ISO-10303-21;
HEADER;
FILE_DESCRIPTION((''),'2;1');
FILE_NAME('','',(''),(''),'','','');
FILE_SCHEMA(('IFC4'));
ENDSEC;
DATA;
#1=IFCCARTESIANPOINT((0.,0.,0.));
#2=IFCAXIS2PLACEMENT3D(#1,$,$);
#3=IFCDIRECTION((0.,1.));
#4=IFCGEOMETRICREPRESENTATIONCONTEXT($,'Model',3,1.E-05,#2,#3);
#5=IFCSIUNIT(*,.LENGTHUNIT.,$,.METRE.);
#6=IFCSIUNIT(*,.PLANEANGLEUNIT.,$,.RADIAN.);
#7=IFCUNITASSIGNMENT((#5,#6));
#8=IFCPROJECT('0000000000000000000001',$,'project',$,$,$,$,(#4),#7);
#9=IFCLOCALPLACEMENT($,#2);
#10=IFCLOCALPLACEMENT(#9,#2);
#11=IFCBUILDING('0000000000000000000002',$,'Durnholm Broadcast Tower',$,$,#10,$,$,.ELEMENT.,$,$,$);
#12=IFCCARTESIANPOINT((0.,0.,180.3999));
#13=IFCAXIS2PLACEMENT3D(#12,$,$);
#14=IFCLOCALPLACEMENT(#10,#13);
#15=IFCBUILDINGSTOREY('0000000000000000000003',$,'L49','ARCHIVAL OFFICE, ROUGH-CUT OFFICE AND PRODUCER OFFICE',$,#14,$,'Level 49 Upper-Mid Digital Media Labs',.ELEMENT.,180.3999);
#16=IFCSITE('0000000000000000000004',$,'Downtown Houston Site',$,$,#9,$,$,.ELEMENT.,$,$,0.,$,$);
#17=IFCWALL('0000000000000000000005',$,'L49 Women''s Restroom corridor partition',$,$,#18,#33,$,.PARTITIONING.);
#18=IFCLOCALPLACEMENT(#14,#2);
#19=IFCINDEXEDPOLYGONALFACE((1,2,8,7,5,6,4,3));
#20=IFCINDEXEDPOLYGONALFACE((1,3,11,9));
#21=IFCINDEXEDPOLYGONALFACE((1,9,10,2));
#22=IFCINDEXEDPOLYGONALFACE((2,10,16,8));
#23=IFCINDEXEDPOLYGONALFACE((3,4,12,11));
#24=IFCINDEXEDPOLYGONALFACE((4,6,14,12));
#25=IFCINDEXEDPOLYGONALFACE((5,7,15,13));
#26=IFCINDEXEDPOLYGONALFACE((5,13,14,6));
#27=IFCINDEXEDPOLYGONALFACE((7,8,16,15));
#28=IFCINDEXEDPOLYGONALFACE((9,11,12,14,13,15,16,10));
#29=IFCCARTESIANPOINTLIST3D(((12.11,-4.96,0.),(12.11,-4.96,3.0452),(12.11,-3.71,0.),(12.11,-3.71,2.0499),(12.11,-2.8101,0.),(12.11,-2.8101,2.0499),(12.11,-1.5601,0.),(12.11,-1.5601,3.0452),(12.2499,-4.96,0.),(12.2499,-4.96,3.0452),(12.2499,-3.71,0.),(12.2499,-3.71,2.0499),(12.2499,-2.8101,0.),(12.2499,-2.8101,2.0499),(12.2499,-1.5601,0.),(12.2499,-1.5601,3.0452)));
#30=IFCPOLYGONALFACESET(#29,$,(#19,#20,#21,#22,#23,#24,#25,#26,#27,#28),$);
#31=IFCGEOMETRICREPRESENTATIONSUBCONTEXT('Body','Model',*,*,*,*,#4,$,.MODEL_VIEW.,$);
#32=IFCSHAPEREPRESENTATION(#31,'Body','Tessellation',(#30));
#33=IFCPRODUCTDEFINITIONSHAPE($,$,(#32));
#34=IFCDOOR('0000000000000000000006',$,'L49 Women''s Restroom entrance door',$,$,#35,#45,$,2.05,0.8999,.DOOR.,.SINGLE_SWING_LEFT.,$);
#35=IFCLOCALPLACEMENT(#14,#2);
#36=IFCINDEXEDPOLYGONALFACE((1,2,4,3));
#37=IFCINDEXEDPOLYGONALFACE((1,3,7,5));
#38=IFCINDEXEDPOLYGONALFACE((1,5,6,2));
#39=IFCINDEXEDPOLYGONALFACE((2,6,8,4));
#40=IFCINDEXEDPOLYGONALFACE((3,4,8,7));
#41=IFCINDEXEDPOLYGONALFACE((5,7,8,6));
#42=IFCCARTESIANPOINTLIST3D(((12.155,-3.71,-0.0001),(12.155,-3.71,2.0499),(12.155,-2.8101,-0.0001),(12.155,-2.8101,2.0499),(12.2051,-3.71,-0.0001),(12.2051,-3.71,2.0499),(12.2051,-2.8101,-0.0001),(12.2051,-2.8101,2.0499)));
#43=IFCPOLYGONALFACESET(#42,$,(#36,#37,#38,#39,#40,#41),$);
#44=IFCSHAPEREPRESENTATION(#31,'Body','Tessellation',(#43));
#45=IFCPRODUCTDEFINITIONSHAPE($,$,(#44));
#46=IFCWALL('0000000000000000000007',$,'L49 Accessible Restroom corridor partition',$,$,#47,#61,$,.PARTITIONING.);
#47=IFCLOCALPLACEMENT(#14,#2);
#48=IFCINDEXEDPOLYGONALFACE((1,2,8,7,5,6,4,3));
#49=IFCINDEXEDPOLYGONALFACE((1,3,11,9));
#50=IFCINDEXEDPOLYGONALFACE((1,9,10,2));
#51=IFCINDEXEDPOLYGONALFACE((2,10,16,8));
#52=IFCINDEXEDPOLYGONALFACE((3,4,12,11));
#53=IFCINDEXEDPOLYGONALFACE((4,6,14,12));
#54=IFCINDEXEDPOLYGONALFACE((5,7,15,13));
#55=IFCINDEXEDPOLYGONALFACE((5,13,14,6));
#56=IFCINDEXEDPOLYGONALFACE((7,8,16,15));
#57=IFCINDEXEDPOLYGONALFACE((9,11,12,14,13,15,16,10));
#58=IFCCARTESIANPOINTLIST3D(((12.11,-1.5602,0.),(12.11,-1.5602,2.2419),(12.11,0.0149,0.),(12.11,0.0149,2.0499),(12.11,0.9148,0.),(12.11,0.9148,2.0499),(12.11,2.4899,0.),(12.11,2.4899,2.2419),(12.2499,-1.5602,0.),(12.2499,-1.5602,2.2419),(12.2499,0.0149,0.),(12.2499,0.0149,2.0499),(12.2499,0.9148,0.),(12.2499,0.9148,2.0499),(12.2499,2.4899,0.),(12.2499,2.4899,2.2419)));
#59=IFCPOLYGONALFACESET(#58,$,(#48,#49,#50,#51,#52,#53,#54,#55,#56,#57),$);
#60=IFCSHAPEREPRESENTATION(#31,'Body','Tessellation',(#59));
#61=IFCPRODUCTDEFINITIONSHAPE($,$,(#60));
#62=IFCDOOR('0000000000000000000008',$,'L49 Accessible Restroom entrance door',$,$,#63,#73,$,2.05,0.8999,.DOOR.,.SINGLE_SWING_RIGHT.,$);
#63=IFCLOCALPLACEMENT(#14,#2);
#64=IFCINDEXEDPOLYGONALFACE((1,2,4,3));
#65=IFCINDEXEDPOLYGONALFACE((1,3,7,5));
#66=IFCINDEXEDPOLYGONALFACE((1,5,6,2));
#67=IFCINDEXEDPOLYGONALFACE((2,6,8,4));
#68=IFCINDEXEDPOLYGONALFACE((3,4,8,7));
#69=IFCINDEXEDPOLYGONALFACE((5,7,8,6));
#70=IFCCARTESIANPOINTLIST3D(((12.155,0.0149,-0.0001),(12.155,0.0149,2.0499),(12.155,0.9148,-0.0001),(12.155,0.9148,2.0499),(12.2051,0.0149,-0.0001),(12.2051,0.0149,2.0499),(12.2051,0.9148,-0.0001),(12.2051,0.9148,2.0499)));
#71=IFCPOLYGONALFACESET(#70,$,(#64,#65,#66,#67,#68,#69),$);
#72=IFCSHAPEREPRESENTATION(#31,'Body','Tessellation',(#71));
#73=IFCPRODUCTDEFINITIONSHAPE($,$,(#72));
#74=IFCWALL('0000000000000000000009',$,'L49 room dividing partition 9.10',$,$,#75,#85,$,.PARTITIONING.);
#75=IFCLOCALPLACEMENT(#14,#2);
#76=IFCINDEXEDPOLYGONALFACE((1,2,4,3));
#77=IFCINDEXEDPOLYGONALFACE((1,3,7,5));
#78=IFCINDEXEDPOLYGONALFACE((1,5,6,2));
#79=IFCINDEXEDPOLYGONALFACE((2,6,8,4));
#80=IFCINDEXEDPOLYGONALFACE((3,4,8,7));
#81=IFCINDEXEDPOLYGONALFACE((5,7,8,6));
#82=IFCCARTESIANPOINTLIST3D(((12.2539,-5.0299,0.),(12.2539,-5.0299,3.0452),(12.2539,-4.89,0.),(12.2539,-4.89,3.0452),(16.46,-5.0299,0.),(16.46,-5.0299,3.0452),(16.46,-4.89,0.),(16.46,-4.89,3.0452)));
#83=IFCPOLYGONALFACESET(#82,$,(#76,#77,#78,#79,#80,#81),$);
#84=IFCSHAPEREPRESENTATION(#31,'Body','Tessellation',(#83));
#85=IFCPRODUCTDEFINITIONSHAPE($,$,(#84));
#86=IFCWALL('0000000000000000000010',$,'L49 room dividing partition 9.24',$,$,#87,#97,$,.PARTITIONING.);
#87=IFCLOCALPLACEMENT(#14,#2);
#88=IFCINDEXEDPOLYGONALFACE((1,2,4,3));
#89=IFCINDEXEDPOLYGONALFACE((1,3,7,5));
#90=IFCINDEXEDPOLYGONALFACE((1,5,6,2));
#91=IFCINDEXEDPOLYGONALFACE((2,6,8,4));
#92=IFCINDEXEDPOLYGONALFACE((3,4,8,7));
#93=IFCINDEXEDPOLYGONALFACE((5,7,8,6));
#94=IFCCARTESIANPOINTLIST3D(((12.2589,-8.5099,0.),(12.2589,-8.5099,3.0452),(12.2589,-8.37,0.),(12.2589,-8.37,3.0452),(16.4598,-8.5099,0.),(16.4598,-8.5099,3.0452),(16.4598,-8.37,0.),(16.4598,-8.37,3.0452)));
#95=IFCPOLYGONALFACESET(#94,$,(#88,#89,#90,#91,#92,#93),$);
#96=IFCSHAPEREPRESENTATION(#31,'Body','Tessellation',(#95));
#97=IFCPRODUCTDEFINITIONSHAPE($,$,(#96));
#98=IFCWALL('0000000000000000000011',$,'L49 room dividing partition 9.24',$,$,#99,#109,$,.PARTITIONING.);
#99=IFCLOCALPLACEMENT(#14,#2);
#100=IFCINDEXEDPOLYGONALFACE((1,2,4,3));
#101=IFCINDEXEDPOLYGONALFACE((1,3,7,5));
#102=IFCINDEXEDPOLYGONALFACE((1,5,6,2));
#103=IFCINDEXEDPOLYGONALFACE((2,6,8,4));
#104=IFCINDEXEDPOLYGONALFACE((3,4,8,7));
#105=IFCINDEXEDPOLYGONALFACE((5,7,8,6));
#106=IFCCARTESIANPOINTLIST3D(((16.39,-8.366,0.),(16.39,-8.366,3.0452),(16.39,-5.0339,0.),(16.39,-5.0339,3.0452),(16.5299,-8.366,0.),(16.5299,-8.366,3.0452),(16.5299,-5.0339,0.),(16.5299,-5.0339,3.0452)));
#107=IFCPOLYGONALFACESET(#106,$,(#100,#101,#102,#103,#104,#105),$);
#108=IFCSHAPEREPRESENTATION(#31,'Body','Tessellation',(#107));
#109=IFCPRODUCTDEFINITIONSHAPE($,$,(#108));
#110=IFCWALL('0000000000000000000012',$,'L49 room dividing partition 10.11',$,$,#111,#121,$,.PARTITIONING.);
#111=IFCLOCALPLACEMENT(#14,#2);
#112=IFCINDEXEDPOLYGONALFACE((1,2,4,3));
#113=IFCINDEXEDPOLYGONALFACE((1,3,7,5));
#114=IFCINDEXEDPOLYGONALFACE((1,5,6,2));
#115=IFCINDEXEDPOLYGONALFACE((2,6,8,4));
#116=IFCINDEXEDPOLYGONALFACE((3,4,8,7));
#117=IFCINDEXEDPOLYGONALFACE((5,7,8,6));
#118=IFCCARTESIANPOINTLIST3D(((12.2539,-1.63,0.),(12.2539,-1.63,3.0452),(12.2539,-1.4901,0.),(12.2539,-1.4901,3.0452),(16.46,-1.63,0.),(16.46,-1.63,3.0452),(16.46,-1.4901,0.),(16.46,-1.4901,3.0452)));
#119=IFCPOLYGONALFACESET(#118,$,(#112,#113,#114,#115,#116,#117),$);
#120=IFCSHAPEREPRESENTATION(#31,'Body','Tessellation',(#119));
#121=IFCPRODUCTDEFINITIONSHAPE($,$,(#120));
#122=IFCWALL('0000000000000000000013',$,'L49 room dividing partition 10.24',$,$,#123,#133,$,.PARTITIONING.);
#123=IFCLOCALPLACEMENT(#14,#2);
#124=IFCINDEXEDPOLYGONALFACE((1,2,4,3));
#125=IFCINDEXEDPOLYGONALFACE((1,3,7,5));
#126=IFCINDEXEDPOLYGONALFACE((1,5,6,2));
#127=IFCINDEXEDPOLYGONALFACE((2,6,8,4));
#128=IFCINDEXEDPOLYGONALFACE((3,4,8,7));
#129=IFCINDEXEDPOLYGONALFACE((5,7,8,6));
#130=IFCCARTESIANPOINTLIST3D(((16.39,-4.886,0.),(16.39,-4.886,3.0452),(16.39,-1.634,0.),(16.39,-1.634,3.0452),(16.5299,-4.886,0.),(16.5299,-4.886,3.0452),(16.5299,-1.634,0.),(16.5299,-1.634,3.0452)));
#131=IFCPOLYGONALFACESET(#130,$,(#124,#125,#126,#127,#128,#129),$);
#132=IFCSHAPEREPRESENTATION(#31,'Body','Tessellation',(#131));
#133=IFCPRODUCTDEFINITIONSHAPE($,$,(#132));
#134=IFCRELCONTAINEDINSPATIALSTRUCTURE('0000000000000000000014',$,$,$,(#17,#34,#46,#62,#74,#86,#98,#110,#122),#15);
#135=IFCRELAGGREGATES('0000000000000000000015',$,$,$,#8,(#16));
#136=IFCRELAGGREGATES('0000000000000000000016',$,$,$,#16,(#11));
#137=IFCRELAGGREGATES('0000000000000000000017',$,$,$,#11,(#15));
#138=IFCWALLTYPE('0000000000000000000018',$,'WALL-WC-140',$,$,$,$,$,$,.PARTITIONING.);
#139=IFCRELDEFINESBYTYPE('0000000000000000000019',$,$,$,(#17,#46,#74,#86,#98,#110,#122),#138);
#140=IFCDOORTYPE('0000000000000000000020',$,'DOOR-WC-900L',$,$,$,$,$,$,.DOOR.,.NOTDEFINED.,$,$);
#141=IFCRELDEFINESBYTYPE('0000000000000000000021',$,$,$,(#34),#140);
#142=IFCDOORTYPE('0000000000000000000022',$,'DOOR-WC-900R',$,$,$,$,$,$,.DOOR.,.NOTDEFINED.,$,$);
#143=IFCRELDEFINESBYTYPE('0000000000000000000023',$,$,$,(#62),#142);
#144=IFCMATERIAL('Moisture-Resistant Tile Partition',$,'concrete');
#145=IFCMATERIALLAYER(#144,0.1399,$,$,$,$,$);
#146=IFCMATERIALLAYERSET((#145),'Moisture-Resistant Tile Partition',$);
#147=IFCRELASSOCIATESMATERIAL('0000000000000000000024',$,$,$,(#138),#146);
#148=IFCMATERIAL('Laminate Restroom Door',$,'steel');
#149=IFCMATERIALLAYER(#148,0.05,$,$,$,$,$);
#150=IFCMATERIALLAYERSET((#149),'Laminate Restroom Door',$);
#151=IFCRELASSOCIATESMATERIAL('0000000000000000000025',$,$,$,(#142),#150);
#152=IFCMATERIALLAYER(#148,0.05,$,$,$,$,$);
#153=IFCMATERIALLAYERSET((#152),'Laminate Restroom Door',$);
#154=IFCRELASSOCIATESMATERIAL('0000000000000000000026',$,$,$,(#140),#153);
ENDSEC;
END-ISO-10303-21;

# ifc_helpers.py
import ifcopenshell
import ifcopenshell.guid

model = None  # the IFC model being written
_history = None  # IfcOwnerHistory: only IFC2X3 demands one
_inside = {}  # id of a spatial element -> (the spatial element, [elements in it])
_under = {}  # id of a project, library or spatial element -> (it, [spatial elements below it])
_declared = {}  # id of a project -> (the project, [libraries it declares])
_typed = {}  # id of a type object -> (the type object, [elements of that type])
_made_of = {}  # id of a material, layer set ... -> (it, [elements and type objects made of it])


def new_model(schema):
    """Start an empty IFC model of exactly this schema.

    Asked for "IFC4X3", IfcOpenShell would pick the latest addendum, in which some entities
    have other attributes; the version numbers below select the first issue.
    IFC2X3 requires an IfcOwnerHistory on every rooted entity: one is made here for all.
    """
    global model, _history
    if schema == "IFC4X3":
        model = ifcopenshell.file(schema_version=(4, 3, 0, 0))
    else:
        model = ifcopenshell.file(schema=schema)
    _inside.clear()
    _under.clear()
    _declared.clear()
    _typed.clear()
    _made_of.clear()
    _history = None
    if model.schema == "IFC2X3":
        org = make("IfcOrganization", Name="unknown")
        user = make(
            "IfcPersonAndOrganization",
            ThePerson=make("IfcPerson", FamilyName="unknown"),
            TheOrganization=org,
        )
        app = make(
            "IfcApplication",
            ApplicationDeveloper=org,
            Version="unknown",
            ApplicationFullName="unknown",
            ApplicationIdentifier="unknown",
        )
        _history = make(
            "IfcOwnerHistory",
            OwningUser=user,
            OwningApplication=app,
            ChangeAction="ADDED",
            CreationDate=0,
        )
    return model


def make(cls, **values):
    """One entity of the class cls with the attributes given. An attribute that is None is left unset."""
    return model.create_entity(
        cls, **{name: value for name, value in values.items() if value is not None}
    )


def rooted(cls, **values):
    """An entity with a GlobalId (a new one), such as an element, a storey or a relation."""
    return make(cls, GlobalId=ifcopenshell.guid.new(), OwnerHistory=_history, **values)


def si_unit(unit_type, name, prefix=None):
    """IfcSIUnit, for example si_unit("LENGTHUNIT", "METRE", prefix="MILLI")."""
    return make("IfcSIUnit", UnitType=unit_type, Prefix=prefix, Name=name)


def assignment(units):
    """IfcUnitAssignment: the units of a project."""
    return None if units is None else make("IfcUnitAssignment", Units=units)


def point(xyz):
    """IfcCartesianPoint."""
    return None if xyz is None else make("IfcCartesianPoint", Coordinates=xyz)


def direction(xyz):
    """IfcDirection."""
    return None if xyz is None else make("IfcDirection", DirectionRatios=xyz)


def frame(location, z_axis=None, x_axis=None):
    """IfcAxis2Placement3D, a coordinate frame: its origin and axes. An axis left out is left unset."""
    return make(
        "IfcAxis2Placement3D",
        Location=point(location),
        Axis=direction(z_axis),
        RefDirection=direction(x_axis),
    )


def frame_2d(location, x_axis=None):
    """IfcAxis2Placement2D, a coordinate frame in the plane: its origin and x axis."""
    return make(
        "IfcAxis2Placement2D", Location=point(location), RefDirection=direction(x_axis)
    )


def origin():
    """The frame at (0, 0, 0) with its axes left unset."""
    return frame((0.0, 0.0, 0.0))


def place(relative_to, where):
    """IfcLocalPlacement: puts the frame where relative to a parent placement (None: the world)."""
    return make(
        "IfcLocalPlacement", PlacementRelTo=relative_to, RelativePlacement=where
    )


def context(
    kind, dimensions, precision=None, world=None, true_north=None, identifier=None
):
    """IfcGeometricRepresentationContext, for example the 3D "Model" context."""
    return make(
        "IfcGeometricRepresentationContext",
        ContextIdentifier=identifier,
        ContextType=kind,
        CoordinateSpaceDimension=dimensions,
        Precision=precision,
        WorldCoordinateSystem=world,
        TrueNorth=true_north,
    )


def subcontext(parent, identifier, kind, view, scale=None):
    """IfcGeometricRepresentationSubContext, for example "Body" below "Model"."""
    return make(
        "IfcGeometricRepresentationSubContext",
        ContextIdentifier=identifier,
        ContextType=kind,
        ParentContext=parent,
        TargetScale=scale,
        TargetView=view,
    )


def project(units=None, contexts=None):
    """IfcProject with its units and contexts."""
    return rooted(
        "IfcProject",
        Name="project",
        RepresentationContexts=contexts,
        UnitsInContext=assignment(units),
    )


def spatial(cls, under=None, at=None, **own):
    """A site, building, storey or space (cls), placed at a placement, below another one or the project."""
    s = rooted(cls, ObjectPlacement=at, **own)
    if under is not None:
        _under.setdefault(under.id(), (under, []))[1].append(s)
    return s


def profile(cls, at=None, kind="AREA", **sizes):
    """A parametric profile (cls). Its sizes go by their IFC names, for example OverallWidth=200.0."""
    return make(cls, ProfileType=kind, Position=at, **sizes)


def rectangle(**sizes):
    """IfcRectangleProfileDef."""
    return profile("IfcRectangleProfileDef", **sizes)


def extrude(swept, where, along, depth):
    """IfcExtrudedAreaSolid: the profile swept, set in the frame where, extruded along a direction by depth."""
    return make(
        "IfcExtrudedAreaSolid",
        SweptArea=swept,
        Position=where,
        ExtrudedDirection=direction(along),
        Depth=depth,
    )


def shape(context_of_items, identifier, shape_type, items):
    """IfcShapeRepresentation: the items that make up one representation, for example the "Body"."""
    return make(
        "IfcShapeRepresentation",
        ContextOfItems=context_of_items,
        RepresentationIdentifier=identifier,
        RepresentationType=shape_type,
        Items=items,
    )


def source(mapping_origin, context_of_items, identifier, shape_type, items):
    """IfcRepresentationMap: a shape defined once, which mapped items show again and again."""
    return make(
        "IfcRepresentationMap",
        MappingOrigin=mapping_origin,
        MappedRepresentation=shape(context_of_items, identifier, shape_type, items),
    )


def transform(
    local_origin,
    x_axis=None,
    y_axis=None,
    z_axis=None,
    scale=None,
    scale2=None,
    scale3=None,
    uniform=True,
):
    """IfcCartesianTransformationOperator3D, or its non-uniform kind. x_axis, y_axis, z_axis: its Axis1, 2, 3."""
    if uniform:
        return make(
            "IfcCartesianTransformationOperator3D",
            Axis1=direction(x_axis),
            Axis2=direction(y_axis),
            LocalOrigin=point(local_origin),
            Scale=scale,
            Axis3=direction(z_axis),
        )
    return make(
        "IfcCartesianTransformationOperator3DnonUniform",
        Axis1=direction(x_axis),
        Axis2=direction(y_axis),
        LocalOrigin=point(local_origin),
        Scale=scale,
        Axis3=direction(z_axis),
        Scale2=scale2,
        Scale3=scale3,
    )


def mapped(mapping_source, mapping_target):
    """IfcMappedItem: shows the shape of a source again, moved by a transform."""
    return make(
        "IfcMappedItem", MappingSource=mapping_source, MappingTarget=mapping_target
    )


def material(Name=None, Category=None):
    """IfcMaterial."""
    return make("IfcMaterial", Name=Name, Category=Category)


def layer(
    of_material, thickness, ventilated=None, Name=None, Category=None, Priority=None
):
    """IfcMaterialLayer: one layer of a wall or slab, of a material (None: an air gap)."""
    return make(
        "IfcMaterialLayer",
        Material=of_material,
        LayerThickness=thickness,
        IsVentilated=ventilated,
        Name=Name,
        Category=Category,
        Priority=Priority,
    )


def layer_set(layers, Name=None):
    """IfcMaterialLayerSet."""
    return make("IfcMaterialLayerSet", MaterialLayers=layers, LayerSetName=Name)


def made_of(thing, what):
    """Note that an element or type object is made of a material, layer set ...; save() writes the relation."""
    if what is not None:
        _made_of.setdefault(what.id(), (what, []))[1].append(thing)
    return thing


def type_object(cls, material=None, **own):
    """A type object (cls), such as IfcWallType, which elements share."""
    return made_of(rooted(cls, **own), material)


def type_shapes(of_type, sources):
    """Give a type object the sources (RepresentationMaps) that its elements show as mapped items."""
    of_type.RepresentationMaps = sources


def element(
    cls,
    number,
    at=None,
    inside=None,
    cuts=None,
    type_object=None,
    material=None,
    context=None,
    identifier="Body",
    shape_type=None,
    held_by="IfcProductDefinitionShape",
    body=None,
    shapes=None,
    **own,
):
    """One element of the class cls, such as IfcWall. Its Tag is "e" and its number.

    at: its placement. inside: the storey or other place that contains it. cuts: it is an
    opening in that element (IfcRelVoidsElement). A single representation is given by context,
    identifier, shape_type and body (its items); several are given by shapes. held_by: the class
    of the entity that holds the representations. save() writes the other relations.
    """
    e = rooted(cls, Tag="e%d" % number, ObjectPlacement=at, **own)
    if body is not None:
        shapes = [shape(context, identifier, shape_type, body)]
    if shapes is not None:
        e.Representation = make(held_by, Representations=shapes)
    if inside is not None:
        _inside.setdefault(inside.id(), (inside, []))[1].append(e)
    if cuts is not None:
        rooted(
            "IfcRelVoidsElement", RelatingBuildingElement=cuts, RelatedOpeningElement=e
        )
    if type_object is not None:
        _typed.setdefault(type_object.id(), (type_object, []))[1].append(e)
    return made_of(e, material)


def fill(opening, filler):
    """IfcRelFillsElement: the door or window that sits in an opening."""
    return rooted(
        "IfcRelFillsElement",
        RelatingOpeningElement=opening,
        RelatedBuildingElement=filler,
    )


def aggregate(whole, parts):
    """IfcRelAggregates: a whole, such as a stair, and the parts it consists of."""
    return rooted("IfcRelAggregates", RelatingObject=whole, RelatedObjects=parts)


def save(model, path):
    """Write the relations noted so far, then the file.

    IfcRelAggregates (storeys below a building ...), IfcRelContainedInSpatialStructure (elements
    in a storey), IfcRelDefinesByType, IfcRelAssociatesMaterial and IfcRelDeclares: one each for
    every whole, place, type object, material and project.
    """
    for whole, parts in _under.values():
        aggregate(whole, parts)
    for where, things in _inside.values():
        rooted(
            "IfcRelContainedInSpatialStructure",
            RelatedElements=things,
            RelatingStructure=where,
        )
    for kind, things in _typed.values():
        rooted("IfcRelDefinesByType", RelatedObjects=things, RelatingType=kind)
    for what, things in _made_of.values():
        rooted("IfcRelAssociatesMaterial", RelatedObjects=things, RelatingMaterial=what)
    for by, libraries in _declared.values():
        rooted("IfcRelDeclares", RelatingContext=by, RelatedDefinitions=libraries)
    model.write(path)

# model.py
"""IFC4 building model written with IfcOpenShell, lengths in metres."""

from ifc_helpers import new_model, si_unit, direction, frame, frame_2d, origin, place, context, subcontext, project, spatial, rectangle, extrude, source, transform, mapped, material, layer, layer_set, type_object, type_shapes, element, fill, save


model = new_model("IFC4")

# Units and contexts
model_context = context("Model", 3, precision=1e-05, world=origin(), true_north=direction((0.0, 1.0)))
body_context = subcontext(model_context, "Body", "Model", "MODEL_VIEW")
ifc_project = project(units=[si_unit("LENGTHUNIT", "METRE"), si_unit("PLANEANGLEUNIT", "RADIAN")], contexts=[model_context])

# Site, building, storey
site_placement = place(None, origin())
site = spatial("IfcSite", under=ifc_project, at=site_placement, Name="Downtown Houston Site", CompositionType="ELEMENT", RefElevation=0.0)
building_placement = place(site_placement, origin())
building = spatial("IfcBuilding", under=site, at=building_placement, Name="Durnholm Broadcast Tower", CompositionType="ELEMENT")
storey_placement = place(building_placement, frame((0.0, 0.0, 180.3999)))
storey = spatial("IfcBuildingStorey", under=building, at=storey_placement, Name="L49", Description="ARCHIVAL OFFICE, ROUGH-CUT OFFICE AND PRODUCER OFFICE", LongName="Level 49 Upper-Mid Digital Media Labs", CompositionType="ELEMENT", Elevation=180.3999)

# Walls, openings, doors
ifc_material_1 = material(Name="Moisture-Resistant Tile Partition", Category="concrete")
ifc_layer_1 = layer(ifc_material_1, 0.1399)
ifc_layer_set_1 = layer_set([ifc_layer_1], Name="Moisture-Resistant Tile Partition")
wall_type = type_object("IfcWallType", Name="WALL-WC-140", PredefinedType="PARTITIONING", material=ifc_layer_set_1)
ifc_material_2 = material(Name="Laminate Restroom Door", Category="steel")
ifc_layer_2 = layer(ifc_material_2, 0.05)
ifc_layer_set_2 = layer_set([ifc_layer_2], Name="Laminate Restroom Door")
door_type_1 = type_object("IfcDoorType", Name="DOOR-WC-900R", OperationType="NOTDEFINED", PredefinedType="DOOR", material=ifc_layer_set_2)
shared_shape_1 = source(origin(), body_context, "Body", "SweptSolid", [
    extrude(rectangle(XDim=0.8999, YDim=2.05, at=frame_2d((0.45, 1.0249))), frame((0.0, 0.0249, 0.0), z_axis=(0.0, -1.0, 0.0), x_axis=(1.0, 0.0, 0.0)), (0.0, 0.0, 1.0), 0.05),
])
type_shapes(door_type_1, [shared_shape_1])
wall_1_placement = place(storey_placement, frame((12.1799, -4.96, 0.0), z_axis=(0.0, 0.0, 1.0), x_axis=(0.0, 1.0, 0.0)))
wall_1 = element("IfcWall", 1, at=wall_1_placement, inside=storey, type_object=wall_type, Name="L49 Women's Restroom corridor partition", PredefinedType="PARTITIONING", context=body_context, shape_type="SweptSolid", body=[
    extrude(rectangle(XDim=3.3999, YDim=0.1399, at=frame_2d((1.7, 0.0))), origin(), (0.0, 0.0, 1.0), 3.0452),
])
opening_1_placement = place(wall_1_placement, frame((1.25, 0.0, 0.0)))
opening_1 = element("IfcOpeningElement", 2, at=opening_1_placement, cuts=wall_1, PredefinedType="OPENING", context=body_context, shape_type="SweptSolid", body=[
    extrude(rectangle(XDim=0.8999, YDim=2.05, at=frame_2d((0.45, 1.0249))), frame((0.0, 0.0801, 0.0), z_axis=(0.0, -1.0, 0.0), x_axis=(1.0, 0.0, 0.0)), (0.0, 0.0, 1.0), 0.1599),
])
ifc_layer_3 = layer(ifc_material_2, 0.05)
ifc_layer_set_3 = layer_set([ifc_layer_3], Name="Laminate Restroom Door")
door_type_2 = type_object("IfcDoorType", Name="DOOR-WC-900L", OperationType="NOTDEFINED", PredefinedType="DOOR", material=ifc_layer_set_3)
shared_shape_2 = source(origin(), body_context, "Body", "SweptSolid", [
    extrude(rectangle(XDim=0.8999, YDim=2.05, at=frame_2d((0.45, 1.0249))), frame((0.0, 0.0249, 0.0), z_axis=(0.0, -1.0, 0.0), x_axis=(1.0, 0.0, 0.0)), (0.0, 0.0, 1.0), 0.05),
])
type_shapes(door_type_2, [shared_shape_2])
door_1_placement = place(opening_1_placement, origin())
door_1 = element("IfcDoor", 3, at=door_1_placement, inside=storey, type_object=door_type_2, Name="L49 Women's Restroom entrance door", OperationType="SINGLE_SWING_LEFT", OverallHeight=2.05, OverallWidth=0.8999, PredefinedType="DOOR", context=body_context, shape_type="MappedRepresentation", body=[
    mapped(shared_shape_2, transform((0.0, 0.0, 0.0), x_axis=(1.0, 0.0, 0.0), y_axis=(0.0, 1.0, 0.0), z_axis=(0.0, 0.0, 1.0), scale=1.0)),
])
fill(opening_1, door_1)
wall_2_placement = place(storey_placement, frame((12.1799, -1.5601, 0.0), z_axis=(0.0, 0.0, 1.0), x_axis=(0.0, 1.0, 0.0)))
wall_2 = element("IfcWall", 4, at=wall_2_placement, inside=storey, type_object=wall_type, Name="L49 Accessible Restroom corridor partition", PredefinedType="PARTITIONING", context=body_context, shape_type="SweptSolid", body=[
    extrude(rectangle(XDim=4.05, YDim=0.1399, at=frame_2d((2.0249, 0.0))), origin(), (0.0, 0.0, 1.0), 2.2419),
])
opening_2_placement = place(wall_2_placement, frame((1.575, 0.0, 0.0)))
opening_2 = element("IfcOpeningElement", 5, at=opening_2_placement, cuts=wall_2, PredefinedType="OPENING", context=body_context, shape_type="SweptSolid", body=[
    extrude(rectangle(XDim=0.8999, YDim=2.05, at=frame_2d((0.45, 1.0249))), frame((0.0, 0.0801, 0.0), z_axis=(0.0, -1.0, 0.0), x_axis=(1.0, 0.0, 0.0)), (0.0, 0.0, 1.0), 0.1599),
])
door_2_placement = place(opening_2_placement, origin())
door_2 = element("IfcDoor", 6, at=door_2_placement, inside=storey, type_object=door_type_1, Name="L49 Accessible Restroom entrance door", OperationType="SINGLE_SWING_RIGHT", OverallHeight=2.05, OverallWidth=0.8999, PredefinedType="DOOR", context=body_context, shape_type="MappedRepresentation", body=[
    mapped(shared_shape_1, transform((0.0, 0.0, 0.0), x_axis=(1.0, 0.0, 0.0), y_axis=(0.0, 1.0, 0.0), z_axis=(0.0, 0.0, 1.0), scale=1.0)),
])
fill(opening_2, door_2)

# Walls
wall_3_placement = place(storey_placement, frame((12.2539, -4.96, 0.0), z_axis=(0.0, 0.0, 1.0), x_axis=(1.0, 0.0, 0.0)))
element("IfcWall", 7, at=wall_3_placement, inside=storey, type_object=wall_type, Name="L49 room dividing partition 9.10", PredefinedType="PARTITIONING", context=body_context, shape_type="SweptSolid", body=[
    extrude(rectangle(XDim=4.2061, YDim=0.1399, at=frame_2d((2.103, 0.0))), origin(), (0.0, 0.0, 1.0), 3.0452),
])
wall_4_placement = place(storey_placement, frame((16.46, -8.4399, 0.0), z_axis=(0.0, 0.0, 1.0), x_axis=(-1.0, 0.0, 0.0)))
element("IfcWall", 8, at=wall_4_placement, inside=storey, type_object=wall_type, Name="L49 room dividing partition 9.24", PredefinedType="PARTITIONING", context=body_context, shape_type="SweptSolid", body=[
    extrude(rectangle(XDim=4.2009, YDim=0.1399, at=frame_2d((2.1006, 0.0))), origin(), (0.0, 0.0, 1.0), 3.0452),
])
wall_5_placement = place(storey_placement, frame((16.46, -5.0339, 0.0), z_axis=(0.0, 0.0, 1.0), x_axis=(0.0, -1.0, 0.0)))
element("IfcWall", 9, at=wall_5_placement, inside=storey, type_object=wall_type, Name="L49 room dividing partition 9.24", PredefinedType="PARTITIONING", context=body_context, shape_type="SweptSolid", body=[
    extrude(rectangle(XDim=3.332, YDim=0.1399, at=frame_2d((1.666, 0.0))), origin(), (0.0, 0.0, 1.0), 3.0452),
])
wall_6_placement = place(storey_placement, frame((12.2539, -1.5601, 0.0), z_axis=(0.0, 0.0, 1.0), x_axis=(1.0, 0.0, 0.0)))
element("IfcWall", 10, at=wall_6_placement, inside=storey, type_object=wall_type, Name="L49 room dividing partition 10.11", PredefinedType="PARTITIONING", context=body_context, shape_type="SweptSolid", body=[
    extrude(rectangle(XDim=4.2061, YDim=0.1399, at=frame_2d((2.103, 0.0))), origin(), (0.0, 0.0, 1.0), 3.0452),
])
wall_7_placement = place(storey_placement, frame((16.46, -1.634, 0.0), z_axis=(0.0, 0.0, 1.0), x_axis=(0.0, -1.0, 0.0)))
element("IfcWall", 11, at=wall_7_placement, inside=storey, type_object=wall_type, Name="L49 room dividing partition 10.24", PredefinedType="PARTITIONING", context=body_context, shape_type="SweptSolid", body=[
    extrude(rectangle(XDim=3.252, YDim=0.1399, at=frame_2d((1.626, 0.0))), origin(), (0.0, 0.0, 1.0), 3.0452),
])

save(model, "model.ifc")
